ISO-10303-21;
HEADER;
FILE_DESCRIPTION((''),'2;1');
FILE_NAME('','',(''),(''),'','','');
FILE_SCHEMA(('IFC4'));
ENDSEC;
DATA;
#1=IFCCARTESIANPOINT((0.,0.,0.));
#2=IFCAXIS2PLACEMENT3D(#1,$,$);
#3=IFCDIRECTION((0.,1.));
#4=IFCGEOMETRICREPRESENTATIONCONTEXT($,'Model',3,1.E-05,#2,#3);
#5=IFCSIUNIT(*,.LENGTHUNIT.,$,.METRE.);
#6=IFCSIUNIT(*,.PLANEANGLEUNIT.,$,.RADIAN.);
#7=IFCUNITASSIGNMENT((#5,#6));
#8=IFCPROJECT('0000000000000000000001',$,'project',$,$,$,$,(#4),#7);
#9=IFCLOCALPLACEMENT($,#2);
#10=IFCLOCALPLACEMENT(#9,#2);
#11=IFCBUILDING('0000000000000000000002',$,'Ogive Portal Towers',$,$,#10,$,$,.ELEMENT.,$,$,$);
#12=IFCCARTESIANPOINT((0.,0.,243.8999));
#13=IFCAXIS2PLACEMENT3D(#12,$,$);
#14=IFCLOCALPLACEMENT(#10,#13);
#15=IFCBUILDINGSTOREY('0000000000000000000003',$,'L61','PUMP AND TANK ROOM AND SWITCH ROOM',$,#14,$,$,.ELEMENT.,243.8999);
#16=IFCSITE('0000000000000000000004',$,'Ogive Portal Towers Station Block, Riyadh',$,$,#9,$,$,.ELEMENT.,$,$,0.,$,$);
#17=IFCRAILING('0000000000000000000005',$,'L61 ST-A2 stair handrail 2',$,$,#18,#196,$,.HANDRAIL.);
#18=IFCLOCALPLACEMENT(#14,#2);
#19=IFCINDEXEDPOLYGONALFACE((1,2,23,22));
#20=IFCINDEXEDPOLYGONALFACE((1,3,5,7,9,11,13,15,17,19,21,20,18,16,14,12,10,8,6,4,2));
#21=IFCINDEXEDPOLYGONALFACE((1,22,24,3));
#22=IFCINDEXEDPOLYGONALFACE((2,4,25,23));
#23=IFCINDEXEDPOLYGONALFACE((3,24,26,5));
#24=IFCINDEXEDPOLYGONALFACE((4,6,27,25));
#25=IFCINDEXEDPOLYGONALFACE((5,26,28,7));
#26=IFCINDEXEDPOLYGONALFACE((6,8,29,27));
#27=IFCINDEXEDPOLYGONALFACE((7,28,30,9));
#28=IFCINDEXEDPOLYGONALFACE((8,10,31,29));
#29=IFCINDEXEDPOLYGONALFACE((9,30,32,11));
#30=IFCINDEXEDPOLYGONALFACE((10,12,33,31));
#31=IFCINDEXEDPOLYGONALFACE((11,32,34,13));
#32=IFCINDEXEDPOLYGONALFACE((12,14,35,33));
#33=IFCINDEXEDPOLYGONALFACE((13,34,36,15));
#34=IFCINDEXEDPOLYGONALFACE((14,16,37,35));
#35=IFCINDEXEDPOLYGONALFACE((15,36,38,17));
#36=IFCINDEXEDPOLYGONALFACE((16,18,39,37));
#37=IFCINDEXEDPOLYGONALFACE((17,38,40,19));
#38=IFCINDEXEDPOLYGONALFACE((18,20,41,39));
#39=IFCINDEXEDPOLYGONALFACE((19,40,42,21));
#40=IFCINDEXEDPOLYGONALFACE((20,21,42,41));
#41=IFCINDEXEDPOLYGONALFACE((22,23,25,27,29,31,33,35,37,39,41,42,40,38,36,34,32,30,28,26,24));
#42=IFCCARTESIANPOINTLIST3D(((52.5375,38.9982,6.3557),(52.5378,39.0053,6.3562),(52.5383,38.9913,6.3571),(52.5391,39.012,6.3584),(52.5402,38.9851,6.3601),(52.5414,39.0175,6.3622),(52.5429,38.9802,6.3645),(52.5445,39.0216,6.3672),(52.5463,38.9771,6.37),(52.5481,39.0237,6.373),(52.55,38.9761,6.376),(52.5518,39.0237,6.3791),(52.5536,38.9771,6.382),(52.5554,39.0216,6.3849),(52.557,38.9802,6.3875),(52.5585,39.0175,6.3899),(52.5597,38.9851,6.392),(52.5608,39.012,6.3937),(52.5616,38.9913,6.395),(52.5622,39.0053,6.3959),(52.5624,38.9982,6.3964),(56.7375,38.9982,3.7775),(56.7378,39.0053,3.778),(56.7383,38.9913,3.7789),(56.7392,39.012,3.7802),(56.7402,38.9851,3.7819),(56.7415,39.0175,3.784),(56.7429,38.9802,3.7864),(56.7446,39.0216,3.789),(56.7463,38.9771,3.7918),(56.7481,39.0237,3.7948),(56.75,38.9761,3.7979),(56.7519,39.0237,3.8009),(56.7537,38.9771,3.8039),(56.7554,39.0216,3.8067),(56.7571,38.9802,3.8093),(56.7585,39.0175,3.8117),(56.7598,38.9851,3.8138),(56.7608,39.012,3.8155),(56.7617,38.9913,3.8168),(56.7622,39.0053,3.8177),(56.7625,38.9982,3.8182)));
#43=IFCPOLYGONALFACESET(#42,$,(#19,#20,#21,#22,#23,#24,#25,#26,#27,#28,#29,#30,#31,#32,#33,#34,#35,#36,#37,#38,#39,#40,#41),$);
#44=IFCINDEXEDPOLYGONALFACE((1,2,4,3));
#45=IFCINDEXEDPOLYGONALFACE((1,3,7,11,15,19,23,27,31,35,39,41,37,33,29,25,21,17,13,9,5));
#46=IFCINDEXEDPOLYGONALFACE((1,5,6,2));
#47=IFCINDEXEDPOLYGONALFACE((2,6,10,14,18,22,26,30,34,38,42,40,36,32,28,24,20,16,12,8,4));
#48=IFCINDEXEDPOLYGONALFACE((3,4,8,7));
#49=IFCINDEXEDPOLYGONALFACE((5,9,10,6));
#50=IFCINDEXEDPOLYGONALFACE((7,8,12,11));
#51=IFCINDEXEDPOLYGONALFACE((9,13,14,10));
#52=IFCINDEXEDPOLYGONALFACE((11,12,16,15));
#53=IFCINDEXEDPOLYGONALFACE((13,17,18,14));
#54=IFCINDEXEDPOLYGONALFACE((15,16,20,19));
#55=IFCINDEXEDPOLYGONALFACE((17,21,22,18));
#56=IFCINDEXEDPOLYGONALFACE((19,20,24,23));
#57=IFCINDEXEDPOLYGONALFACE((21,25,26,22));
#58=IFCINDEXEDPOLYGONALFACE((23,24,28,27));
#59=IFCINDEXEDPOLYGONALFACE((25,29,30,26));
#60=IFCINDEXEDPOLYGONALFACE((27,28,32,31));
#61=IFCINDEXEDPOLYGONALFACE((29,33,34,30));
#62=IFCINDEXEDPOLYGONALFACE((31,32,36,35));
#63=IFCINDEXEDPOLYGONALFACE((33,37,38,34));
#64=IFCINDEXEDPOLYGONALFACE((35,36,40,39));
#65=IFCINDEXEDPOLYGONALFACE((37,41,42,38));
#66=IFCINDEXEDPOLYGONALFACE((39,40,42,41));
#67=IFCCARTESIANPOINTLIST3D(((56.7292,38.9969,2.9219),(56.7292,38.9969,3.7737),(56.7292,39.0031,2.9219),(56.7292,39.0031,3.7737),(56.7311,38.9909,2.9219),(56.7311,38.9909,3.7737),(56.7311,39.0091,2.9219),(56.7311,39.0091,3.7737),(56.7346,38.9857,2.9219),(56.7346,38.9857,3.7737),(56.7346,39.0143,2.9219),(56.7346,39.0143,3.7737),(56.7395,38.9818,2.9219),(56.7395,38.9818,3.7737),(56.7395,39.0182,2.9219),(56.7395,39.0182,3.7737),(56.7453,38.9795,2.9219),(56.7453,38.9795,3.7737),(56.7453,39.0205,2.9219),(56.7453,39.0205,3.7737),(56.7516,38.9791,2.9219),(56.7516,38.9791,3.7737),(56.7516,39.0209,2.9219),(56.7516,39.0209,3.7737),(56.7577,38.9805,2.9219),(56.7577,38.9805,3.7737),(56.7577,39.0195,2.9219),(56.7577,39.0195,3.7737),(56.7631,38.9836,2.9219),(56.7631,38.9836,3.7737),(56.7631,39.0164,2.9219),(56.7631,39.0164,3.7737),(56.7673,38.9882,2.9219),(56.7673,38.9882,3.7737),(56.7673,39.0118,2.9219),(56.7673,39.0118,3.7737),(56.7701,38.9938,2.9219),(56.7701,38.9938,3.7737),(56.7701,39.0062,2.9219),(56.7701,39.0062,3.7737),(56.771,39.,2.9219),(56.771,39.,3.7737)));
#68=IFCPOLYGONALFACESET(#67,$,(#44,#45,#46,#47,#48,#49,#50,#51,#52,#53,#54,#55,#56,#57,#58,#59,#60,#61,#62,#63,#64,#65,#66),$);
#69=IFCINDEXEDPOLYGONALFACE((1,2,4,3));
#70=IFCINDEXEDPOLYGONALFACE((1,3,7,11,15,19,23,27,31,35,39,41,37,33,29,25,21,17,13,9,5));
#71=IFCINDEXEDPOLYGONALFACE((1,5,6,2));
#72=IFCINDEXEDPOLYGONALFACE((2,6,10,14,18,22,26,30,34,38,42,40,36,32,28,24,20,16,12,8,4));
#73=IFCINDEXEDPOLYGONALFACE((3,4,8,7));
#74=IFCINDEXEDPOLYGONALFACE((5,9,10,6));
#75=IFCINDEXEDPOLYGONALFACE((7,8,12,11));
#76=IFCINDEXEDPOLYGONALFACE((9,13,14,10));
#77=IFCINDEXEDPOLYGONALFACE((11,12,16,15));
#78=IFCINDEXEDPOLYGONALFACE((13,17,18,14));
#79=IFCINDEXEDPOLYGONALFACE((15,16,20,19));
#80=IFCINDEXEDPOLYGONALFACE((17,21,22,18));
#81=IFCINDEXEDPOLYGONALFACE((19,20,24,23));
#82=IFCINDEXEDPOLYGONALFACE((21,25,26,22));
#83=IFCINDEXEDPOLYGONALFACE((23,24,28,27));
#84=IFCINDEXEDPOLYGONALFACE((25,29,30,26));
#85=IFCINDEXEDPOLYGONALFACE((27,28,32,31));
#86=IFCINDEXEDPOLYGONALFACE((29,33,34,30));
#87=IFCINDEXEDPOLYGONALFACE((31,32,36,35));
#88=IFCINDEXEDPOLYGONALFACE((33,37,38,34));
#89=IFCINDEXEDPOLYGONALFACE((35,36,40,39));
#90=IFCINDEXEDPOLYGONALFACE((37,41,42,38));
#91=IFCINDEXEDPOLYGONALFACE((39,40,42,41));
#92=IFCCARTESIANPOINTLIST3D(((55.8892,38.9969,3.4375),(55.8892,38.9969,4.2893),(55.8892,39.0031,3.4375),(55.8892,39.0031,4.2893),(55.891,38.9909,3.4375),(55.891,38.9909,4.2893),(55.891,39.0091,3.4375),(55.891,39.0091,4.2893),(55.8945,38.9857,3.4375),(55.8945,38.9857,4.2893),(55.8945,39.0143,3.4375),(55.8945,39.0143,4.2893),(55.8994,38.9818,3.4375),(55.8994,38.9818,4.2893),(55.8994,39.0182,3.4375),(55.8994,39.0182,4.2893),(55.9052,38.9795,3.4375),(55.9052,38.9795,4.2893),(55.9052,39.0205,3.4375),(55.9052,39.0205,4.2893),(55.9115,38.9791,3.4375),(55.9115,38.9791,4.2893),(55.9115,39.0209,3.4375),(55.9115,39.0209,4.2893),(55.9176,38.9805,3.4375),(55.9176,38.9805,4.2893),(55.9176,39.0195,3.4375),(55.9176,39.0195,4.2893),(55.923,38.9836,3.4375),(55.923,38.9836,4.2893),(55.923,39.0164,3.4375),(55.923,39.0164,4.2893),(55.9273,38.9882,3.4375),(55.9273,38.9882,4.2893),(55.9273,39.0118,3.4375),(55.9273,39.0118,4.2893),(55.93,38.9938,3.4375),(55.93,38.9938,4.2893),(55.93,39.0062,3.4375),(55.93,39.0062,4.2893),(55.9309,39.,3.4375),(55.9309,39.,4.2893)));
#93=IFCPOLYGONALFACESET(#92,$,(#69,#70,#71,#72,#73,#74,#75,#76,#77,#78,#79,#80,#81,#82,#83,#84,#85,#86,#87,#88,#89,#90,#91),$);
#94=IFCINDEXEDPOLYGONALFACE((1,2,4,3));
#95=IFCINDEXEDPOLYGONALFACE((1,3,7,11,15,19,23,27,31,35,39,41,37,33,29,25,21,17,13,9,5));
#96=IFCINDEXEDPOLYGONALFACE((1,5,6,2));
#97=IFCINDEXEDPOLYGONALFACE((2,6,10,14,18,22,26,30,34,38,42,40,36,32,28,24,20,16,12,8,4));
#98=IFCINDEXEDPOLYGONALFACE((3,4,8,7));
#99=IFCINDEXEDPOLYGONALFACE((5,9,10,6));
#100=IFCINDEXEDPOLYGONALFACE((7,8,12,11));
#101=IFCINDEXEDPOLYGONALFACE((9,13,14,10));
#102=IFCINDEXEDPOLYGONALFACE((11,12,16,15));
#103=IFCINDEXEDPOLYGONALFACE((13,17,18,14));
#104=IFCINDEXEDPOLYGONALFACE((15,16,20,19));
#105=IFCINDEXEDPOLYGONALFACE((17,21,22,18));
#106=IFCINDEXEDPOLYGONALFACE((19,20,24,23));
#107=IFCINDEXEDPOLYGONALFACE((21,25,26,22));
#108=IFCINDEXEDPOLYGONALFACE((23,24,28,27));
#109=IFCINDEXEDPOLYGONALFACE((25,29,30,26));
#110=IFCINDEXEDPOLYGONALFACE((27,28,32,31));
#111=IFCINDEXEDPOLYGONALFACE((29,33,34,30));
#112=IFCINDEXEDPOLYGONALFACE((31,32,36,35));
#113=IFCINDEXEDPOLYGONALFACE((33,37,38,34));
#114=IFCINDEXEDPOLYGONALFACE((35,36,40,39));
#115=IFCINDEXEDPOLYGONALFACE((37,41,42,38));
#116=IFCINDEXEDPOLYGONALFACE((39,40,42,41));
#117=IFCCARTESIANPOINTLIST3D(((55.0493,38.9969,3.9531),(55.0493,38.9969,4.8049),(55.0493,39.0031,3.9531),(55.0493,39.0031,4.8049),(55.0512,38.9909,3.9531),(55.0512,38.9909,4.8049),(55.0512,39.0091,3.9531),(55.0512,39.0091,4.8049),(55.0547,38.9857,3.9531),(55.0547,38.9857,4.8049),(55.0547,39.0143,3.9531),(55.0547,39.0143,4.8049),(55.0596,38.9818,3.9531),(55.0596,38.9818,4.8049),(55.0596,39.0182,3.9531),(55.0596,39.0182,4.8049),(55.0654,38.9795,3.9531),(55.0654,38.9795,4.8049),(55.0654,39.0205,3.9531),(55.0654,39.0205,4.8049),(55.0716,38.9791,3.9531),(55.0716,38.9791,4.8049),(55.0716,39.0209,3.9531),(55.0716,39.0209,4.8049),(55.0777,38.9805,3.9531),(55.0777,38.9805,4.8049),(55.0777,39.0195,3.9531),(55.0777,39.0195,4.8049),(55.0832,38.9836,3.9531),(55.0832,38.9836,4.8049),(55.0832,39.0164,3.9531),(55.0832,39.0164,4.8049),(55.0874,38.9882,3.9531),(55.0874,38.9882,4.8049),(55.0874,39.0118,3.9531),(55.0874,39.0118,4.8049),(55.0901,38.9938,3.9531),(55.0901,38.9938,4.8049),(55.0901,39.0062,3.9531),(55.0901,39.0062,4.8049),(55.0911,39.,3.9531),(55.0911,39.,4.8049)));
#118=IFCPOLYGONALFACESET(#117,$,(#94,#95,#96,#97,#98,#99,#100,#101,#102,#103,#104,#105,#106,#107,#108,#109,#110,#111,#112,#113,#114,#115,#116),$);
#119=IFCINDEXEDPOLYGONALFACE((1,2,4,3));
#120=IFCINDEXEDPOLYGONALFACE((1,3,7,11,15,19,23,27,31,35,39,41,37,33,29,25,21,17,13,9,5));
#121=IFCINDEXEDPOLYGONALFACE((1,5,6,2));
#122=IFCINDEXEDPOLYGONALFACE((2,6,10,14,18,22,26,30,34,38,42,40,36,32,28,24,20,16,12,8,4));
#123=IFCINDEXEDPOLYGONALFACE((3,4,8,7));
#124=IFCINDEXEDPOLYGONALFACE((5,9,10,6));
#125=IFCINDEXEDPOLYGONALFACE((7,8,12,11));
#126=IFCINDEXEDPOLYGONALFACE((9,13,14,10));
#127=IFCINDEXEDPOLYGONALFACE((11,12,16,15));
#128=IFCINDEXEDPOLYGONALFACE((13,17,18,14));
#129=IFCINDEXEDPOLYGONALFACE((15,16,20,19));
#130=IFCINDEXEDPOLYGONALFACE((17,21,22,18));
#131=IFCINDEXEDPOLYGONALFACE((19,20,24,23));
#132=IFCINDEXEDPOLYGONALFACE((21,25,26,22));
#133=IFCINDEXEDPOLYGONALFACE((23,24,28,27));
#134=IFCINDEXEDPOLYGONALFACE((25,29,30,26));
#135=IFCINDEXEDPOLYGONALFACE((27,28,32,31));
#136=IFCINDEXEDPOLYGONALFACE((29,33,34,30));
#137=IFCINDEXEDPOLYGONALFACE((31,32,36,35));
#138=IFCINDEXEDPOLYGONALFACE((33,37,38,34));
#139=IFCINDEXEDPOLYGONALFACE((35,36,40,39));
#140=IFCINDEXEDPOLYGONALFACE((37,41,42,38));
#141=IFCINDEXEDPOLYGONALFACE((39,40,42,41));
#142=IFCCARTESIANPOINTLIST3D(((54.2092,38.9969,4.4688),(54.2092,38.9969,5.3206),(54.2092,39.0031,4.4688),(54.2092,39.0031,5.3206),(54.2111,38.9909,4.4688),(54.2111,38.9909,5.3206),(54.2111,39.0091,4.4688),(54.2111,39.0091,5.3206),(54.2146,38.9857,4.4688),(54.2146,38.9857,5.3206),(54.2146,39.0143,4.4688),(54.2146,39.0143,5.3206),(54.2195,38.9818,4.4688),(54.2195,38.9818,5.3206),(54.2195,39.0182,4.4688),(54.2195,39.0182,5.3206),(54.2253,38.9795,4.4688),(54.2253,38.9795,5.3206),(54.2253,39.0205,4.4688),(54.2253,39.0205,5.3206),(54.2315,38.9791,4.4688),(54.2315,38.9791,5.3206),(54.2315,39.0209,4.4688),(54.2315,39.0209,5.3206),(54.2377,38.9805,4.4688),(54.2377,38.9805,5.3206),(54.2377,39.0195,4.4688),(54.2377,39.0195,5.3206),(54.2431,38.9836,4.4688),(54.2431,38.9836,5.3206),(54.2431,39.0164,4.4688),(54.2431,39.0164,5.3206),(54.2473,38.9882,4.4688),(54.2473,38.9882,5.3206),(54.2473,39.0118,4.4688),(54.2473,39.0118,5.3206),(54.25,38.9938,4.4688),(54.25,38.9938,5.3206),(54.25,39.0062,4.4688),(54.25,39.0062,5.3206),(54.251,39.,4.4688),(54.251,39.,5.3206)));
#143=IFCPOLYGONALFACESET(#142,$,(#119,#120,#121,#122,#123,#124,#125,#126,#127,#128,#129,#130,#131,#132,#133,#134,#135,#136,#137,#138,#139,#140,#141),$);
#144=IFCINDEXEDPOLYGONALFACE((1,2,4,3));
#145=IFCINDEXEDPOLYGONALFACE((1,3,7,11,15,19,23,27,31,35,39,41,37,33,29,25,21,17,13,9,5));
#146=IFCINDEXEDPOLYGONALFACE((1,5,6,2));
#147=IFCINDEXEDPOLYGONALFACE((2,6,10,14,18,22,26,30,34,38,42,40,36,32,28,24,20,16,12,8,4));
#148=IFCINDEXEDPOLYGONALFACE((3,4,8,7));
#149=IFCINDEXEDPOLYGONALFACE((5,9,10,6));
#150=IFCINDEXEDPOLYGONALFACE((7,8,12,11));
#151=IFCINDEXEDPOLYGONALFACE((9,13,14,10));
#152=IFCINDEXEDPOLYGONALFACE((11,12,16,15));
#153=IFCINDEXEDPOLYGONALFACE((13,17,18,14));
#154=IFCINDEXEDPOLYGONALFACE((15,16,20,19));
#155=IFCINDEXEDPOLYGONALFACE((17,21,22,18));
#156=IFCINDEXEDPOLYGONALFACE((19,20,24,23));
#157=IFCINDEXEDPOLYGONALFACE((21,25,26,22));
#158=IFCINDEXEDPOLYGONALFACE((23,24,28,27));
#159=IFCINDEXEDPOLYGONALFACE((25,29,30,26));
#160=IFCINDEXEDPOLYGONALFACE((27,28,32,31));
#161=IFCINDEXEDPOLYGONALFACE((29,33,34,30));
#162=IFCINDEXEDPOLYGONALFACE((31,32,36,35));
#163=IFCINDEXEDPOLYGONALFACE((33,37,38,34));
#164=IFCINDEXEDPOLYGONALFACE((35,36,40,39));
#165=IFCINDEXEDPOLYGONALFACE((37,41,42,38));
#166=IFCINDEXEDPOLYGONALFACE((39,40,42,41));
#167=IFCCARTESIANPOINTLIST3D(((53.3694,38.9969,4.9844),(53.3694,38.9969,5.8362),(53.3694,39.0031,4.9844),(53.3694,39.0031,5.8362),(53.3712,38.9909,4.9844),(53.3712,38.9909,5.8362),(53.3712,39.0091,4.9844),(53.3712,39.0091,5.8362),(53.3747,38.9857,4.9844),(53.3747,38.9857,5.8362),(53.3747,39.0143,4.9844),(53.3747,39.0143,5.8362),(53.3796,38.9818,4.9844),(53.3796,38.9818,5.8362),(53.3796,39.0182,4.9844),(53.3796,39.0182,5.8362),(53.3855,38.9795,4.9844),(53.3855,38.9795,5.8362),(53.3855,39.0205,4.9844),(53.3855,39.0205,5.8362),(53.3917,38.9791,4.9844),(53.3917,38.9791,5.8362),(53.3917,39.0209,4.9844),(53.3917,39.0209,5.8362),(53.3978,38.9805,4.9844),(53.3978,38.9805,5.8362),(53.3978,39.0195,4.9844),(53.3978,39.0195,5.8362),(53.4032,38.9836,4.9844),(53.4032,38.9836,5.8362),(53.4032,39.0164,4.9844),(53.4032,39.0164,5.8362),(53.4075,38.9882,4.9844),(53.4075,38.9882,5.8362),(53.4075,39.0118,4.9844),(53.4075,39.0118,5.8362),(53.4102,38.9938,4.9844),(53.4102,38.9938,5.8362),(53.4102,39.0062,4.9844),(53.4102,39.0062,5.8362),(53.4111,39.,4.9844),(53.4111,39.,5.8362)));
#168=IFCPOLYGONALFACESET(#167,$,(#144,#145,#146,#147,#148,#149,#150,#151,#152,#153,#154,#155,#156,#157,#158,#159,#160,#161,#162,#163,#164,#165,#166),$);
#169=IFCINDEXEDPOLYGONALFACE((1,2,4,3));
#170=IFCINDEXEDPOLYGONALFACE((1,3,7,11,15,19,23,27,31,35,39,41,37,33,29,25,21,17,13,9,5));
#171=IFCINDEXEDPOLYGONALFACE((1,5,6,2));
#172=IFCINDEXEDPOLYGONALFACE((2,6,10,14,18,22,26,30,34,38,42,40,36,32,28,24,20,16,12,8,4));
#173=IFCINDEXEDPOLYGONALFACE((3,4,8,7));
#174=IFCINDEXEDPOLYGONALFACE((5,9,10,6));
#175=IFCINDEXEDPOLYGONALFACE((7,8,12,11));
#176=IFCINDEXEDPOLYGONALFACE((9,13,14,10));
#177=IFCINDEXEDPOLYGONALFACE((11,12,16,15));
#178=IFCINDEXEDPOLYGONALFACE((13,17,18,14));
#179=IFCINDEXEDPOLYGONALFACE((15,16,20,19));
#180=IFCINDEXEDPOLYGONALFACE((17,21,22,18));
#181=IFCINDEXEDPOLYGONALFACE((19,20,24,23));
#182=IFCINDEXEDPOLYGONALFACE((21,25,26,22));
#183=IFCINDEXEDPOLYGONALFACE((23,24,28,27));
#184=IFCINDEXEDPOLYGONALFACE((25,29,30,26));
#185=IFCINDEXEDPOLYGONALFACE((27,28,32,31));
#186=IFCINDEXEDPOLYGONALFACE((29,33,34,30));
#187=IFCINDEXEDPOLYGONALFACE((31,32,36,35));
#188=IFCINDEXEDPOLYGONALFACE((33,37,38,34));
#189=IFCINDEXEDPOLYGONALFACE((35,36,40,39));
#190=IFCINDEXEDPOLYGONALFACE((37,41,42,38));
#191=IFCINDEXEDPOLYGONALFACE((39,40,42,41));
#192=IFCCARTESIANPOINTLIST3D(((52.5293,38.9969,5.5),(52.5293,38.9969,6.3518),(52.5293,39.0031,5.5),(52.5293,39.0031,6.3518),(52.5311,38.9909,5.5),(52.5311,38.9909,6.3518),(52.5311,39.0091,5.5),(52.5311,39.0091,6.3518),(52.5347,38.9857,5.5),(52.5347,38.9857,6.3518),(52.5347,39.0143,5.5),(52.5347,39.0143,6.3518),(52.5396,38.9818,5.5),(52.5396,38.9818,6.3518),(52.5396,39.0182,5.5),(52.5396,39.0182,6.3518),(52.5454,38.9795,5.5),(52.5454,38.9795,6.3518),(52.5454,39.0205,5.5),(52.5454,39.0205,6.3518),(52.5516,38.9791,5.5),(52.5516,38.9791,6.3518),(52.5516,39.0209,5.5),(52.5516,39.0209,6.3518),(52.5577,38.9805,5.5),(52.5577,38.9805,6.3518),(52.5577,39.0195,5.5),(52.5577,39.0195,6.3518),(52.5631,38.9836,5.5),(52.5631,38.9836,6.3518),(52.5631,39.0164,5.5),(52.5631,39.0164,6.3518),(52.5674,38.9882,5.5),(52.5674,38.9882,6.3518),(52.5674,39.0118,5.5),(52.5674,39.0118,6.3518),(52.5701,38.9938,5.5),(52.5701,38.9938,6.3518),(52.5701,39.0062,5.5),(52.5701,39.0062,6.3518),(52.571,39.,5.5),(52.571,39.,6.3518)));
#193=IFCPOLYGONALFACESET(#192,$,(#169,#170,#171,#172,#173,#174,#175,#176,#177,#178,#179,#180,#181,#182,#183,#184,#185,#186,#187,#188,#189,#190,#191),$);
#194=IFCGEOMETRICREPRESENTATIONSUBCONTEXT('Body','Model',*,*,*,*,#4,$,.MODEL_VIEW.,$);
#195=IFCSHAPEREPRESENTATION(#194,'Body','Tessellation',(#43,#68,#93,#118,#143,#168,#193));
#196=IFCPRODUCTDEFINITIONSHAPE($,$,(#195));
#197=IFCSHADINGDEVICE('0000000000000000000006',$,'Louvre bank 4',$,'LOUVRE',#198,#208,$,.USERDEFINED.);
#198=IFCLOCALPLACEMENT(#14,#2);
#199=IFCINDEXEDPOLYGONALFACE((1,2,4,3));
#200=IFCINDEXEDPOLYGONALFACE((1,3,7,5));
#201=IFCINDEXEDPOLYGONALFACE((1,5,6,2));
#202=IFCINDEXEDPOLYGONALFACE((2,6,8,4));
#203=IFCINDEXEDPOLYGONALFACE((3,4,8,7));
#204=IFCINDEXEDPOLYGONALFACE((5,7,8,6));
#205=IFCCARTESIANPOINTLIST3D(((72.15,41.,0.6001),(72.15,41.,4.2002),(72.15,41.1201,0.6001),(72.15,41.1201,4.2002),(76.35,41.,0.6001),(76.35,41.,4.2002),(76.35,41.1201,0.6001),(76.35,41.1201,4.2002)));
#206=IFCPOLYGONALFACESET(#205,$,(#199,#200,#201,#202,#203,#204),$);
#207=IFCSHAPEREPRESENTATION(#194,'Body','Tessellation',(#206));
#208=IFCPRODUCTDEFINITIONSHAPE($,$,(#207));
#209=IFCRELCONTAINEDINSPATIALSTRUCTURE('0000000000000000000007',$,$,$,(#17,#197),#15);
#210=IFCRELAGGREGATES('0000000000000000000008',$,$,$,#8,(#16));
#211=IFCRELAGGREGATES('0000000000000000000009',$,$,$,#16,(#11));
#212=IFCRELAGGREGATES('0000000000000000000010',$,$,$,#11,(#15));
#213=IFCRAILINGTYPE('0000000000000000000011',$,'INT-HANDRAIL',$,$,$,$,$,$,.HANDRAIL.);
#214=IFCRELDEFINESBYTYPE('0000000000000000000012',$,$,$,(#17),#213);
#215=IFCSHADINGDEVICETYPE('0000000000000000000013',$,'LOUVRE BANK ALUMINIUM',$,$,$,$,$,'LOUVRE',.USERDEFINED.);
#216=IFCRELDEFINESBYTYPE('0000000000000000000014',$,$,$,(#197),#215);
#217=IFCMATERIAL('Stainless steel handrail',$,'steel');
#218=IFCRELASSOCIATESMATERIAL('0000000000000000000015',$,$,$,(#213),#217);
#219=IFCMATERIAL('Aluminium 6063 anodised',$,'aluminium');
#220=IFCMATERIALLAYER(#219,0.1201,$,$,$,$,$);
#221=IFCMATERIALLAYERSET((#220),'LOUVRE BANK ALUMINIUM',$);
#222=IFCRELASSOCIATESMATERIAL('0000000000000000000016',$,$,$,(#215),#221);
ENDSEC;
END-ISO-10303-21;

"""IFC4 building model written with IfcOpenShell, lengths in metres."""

from ifc_helpers import new_model, si_unit, direction, frame, origin, origin_2d, place, context, subcontext, project, spatial, rectangle, circle, extrude, material, layer, layer_set, type_object, element, save


model = new_model("IFC4")

# Units and contexts
model_context = context("Model", 3, precision=1e-05, world=origin(), true_north=direction((0.0, 1.0)))
body_context = subcontext(model_context, "Body", "Model", "MODEL_VIEW")
ifc_project = project(units=[si_unit("LENGTHUNIT", "METRE"), si_unit("PLANEANGLEUNIT", "RADIAN")], contexts=[model_context])

# Site, building, storey
site_placement = place(None, origin())
site = spatial("IfcSite", under=ifc_project, at=site_placement, Name="Ogive Portal Towers Station Block, Riyadh", CompositionType="ELEMENT", RefElevation=0.0)
building_placement = place(site_placement, origin())
building = spatial("IfcBuilding", under=site, at=building_placement, Name="Ogive Portal Towers", CompositionType="ELEMENT")
storey_placement = place(building_placement, frame((0.0, 0.0, 243.8999)))
storey = spatial("IfcBuildingStorey", under=building, at=storey_placement, Name="L61", Description="PUMP AND TANK ROOM AND SWITCH ROOM", CompositionType="ELEMENT", Elevation=243.8999)

# Railing
ifc_material_1 = material(Name="Stainless steel handrail", Category="steel")
railing_type_1 = type_object("IfcRailingType", Name="INT-HANDRAIL", PredefinedType="HANDRAIL", material=ifc_material_1)
railing_1_placement = place(storey_placement, frame((56.75, 39.0, 2.9219)))
element("IfcRailing", 1, at=railing_1_placement, inside=storey, type_object=railing_type_1, Name="L61 ST-A2 stair handrail 2", PredefinedType="HANDRAIL", context=body_context, shape_type="SweptSolid", body=[
    extrude(circle(Radius=0.0239, at=origin_2d()), frame((0.0, 0.0, 0.876), z_axis=(-0.852243, 0.0, 0.523146), x_axis=(0.0, -1.0, 0.0)), (0.0, 0.0, 1.0), 4.9282),
    extrude(circle(Radius=0.021, at=origin_2d()), origin(), (0.0, 0.0, 1.0), 0.8518),
    extrude(circle(Radius=0.021, at=origin_2d()), frame((-0.8401, 0.0, 0.5156)), (0.0, 0.0, 1.0), 0.8518),
    extrude(circle(Radius=0.021, at=origin_2d()), frame((-1.6799, 0.0, 1.0312)), (0.0, 0.0, 1.0), 0.8518),
    extrude(circle(Radius=0.021, at=origin_2d()), frame((-2.52, 0.0, 1.5469)), (0.0, 0.0, 1.0), 0.8518),
    extrude(circle(Radius=0.021, at=origin_2d()), frame((-3.3599, 0.0, 2.0625)), (0.0, 0.0, 1.0), 0.8518),
    extrude(circle(Radius=0.021, at=origin_2d()), frame((-4.2, 0.0, 2.5781)), (0.0, 0.0, 1.0), 0.8518),
])

# Shading device
ifc_material_2 = material(Name="Aluminium 6063 anodised", Category="aluminium")
ifc_layer_1 = layer(ifc_material_2, 0.1201)
ifc_layer_set_1 = layer_set([ifc_layer_1], Name="LOUVRE BANK ALUMINIUM")
shading_device_type = type_object("IfcShadingDeviceType", Name="LOUVRE BANK ALUMINIUM", ElementType="LOUVRE", PredefinedType="USERDEFINED", material=ifc_layer_set_1)
for number, where, z_axis, x_axis, name in (
    (2, (74.25, 41.0601, 0.6001), (0.0, 0.0, 1.0), (-1.0, 0.0, 0.0), "Louvre bank 4"),
):
    element("IfcShadingDevice", number, at=place(storey_placement, frame(where, z_axis=z_axis, x_axis=x_axis)), inside=storey, type_object=shading_device_type, Name=name, ObjectType="LOUVRE", PredefinedType="USERDEFINED", context=body_context, shape_type="SweptSolid", body=[
        extrude(rectangle(XDim=4.2, YDim=0.1201, at=origin_2d()), origin(), (0.0, 0.0, 1.0), 3.6001),
    ])

save(model, "model.ifc")
